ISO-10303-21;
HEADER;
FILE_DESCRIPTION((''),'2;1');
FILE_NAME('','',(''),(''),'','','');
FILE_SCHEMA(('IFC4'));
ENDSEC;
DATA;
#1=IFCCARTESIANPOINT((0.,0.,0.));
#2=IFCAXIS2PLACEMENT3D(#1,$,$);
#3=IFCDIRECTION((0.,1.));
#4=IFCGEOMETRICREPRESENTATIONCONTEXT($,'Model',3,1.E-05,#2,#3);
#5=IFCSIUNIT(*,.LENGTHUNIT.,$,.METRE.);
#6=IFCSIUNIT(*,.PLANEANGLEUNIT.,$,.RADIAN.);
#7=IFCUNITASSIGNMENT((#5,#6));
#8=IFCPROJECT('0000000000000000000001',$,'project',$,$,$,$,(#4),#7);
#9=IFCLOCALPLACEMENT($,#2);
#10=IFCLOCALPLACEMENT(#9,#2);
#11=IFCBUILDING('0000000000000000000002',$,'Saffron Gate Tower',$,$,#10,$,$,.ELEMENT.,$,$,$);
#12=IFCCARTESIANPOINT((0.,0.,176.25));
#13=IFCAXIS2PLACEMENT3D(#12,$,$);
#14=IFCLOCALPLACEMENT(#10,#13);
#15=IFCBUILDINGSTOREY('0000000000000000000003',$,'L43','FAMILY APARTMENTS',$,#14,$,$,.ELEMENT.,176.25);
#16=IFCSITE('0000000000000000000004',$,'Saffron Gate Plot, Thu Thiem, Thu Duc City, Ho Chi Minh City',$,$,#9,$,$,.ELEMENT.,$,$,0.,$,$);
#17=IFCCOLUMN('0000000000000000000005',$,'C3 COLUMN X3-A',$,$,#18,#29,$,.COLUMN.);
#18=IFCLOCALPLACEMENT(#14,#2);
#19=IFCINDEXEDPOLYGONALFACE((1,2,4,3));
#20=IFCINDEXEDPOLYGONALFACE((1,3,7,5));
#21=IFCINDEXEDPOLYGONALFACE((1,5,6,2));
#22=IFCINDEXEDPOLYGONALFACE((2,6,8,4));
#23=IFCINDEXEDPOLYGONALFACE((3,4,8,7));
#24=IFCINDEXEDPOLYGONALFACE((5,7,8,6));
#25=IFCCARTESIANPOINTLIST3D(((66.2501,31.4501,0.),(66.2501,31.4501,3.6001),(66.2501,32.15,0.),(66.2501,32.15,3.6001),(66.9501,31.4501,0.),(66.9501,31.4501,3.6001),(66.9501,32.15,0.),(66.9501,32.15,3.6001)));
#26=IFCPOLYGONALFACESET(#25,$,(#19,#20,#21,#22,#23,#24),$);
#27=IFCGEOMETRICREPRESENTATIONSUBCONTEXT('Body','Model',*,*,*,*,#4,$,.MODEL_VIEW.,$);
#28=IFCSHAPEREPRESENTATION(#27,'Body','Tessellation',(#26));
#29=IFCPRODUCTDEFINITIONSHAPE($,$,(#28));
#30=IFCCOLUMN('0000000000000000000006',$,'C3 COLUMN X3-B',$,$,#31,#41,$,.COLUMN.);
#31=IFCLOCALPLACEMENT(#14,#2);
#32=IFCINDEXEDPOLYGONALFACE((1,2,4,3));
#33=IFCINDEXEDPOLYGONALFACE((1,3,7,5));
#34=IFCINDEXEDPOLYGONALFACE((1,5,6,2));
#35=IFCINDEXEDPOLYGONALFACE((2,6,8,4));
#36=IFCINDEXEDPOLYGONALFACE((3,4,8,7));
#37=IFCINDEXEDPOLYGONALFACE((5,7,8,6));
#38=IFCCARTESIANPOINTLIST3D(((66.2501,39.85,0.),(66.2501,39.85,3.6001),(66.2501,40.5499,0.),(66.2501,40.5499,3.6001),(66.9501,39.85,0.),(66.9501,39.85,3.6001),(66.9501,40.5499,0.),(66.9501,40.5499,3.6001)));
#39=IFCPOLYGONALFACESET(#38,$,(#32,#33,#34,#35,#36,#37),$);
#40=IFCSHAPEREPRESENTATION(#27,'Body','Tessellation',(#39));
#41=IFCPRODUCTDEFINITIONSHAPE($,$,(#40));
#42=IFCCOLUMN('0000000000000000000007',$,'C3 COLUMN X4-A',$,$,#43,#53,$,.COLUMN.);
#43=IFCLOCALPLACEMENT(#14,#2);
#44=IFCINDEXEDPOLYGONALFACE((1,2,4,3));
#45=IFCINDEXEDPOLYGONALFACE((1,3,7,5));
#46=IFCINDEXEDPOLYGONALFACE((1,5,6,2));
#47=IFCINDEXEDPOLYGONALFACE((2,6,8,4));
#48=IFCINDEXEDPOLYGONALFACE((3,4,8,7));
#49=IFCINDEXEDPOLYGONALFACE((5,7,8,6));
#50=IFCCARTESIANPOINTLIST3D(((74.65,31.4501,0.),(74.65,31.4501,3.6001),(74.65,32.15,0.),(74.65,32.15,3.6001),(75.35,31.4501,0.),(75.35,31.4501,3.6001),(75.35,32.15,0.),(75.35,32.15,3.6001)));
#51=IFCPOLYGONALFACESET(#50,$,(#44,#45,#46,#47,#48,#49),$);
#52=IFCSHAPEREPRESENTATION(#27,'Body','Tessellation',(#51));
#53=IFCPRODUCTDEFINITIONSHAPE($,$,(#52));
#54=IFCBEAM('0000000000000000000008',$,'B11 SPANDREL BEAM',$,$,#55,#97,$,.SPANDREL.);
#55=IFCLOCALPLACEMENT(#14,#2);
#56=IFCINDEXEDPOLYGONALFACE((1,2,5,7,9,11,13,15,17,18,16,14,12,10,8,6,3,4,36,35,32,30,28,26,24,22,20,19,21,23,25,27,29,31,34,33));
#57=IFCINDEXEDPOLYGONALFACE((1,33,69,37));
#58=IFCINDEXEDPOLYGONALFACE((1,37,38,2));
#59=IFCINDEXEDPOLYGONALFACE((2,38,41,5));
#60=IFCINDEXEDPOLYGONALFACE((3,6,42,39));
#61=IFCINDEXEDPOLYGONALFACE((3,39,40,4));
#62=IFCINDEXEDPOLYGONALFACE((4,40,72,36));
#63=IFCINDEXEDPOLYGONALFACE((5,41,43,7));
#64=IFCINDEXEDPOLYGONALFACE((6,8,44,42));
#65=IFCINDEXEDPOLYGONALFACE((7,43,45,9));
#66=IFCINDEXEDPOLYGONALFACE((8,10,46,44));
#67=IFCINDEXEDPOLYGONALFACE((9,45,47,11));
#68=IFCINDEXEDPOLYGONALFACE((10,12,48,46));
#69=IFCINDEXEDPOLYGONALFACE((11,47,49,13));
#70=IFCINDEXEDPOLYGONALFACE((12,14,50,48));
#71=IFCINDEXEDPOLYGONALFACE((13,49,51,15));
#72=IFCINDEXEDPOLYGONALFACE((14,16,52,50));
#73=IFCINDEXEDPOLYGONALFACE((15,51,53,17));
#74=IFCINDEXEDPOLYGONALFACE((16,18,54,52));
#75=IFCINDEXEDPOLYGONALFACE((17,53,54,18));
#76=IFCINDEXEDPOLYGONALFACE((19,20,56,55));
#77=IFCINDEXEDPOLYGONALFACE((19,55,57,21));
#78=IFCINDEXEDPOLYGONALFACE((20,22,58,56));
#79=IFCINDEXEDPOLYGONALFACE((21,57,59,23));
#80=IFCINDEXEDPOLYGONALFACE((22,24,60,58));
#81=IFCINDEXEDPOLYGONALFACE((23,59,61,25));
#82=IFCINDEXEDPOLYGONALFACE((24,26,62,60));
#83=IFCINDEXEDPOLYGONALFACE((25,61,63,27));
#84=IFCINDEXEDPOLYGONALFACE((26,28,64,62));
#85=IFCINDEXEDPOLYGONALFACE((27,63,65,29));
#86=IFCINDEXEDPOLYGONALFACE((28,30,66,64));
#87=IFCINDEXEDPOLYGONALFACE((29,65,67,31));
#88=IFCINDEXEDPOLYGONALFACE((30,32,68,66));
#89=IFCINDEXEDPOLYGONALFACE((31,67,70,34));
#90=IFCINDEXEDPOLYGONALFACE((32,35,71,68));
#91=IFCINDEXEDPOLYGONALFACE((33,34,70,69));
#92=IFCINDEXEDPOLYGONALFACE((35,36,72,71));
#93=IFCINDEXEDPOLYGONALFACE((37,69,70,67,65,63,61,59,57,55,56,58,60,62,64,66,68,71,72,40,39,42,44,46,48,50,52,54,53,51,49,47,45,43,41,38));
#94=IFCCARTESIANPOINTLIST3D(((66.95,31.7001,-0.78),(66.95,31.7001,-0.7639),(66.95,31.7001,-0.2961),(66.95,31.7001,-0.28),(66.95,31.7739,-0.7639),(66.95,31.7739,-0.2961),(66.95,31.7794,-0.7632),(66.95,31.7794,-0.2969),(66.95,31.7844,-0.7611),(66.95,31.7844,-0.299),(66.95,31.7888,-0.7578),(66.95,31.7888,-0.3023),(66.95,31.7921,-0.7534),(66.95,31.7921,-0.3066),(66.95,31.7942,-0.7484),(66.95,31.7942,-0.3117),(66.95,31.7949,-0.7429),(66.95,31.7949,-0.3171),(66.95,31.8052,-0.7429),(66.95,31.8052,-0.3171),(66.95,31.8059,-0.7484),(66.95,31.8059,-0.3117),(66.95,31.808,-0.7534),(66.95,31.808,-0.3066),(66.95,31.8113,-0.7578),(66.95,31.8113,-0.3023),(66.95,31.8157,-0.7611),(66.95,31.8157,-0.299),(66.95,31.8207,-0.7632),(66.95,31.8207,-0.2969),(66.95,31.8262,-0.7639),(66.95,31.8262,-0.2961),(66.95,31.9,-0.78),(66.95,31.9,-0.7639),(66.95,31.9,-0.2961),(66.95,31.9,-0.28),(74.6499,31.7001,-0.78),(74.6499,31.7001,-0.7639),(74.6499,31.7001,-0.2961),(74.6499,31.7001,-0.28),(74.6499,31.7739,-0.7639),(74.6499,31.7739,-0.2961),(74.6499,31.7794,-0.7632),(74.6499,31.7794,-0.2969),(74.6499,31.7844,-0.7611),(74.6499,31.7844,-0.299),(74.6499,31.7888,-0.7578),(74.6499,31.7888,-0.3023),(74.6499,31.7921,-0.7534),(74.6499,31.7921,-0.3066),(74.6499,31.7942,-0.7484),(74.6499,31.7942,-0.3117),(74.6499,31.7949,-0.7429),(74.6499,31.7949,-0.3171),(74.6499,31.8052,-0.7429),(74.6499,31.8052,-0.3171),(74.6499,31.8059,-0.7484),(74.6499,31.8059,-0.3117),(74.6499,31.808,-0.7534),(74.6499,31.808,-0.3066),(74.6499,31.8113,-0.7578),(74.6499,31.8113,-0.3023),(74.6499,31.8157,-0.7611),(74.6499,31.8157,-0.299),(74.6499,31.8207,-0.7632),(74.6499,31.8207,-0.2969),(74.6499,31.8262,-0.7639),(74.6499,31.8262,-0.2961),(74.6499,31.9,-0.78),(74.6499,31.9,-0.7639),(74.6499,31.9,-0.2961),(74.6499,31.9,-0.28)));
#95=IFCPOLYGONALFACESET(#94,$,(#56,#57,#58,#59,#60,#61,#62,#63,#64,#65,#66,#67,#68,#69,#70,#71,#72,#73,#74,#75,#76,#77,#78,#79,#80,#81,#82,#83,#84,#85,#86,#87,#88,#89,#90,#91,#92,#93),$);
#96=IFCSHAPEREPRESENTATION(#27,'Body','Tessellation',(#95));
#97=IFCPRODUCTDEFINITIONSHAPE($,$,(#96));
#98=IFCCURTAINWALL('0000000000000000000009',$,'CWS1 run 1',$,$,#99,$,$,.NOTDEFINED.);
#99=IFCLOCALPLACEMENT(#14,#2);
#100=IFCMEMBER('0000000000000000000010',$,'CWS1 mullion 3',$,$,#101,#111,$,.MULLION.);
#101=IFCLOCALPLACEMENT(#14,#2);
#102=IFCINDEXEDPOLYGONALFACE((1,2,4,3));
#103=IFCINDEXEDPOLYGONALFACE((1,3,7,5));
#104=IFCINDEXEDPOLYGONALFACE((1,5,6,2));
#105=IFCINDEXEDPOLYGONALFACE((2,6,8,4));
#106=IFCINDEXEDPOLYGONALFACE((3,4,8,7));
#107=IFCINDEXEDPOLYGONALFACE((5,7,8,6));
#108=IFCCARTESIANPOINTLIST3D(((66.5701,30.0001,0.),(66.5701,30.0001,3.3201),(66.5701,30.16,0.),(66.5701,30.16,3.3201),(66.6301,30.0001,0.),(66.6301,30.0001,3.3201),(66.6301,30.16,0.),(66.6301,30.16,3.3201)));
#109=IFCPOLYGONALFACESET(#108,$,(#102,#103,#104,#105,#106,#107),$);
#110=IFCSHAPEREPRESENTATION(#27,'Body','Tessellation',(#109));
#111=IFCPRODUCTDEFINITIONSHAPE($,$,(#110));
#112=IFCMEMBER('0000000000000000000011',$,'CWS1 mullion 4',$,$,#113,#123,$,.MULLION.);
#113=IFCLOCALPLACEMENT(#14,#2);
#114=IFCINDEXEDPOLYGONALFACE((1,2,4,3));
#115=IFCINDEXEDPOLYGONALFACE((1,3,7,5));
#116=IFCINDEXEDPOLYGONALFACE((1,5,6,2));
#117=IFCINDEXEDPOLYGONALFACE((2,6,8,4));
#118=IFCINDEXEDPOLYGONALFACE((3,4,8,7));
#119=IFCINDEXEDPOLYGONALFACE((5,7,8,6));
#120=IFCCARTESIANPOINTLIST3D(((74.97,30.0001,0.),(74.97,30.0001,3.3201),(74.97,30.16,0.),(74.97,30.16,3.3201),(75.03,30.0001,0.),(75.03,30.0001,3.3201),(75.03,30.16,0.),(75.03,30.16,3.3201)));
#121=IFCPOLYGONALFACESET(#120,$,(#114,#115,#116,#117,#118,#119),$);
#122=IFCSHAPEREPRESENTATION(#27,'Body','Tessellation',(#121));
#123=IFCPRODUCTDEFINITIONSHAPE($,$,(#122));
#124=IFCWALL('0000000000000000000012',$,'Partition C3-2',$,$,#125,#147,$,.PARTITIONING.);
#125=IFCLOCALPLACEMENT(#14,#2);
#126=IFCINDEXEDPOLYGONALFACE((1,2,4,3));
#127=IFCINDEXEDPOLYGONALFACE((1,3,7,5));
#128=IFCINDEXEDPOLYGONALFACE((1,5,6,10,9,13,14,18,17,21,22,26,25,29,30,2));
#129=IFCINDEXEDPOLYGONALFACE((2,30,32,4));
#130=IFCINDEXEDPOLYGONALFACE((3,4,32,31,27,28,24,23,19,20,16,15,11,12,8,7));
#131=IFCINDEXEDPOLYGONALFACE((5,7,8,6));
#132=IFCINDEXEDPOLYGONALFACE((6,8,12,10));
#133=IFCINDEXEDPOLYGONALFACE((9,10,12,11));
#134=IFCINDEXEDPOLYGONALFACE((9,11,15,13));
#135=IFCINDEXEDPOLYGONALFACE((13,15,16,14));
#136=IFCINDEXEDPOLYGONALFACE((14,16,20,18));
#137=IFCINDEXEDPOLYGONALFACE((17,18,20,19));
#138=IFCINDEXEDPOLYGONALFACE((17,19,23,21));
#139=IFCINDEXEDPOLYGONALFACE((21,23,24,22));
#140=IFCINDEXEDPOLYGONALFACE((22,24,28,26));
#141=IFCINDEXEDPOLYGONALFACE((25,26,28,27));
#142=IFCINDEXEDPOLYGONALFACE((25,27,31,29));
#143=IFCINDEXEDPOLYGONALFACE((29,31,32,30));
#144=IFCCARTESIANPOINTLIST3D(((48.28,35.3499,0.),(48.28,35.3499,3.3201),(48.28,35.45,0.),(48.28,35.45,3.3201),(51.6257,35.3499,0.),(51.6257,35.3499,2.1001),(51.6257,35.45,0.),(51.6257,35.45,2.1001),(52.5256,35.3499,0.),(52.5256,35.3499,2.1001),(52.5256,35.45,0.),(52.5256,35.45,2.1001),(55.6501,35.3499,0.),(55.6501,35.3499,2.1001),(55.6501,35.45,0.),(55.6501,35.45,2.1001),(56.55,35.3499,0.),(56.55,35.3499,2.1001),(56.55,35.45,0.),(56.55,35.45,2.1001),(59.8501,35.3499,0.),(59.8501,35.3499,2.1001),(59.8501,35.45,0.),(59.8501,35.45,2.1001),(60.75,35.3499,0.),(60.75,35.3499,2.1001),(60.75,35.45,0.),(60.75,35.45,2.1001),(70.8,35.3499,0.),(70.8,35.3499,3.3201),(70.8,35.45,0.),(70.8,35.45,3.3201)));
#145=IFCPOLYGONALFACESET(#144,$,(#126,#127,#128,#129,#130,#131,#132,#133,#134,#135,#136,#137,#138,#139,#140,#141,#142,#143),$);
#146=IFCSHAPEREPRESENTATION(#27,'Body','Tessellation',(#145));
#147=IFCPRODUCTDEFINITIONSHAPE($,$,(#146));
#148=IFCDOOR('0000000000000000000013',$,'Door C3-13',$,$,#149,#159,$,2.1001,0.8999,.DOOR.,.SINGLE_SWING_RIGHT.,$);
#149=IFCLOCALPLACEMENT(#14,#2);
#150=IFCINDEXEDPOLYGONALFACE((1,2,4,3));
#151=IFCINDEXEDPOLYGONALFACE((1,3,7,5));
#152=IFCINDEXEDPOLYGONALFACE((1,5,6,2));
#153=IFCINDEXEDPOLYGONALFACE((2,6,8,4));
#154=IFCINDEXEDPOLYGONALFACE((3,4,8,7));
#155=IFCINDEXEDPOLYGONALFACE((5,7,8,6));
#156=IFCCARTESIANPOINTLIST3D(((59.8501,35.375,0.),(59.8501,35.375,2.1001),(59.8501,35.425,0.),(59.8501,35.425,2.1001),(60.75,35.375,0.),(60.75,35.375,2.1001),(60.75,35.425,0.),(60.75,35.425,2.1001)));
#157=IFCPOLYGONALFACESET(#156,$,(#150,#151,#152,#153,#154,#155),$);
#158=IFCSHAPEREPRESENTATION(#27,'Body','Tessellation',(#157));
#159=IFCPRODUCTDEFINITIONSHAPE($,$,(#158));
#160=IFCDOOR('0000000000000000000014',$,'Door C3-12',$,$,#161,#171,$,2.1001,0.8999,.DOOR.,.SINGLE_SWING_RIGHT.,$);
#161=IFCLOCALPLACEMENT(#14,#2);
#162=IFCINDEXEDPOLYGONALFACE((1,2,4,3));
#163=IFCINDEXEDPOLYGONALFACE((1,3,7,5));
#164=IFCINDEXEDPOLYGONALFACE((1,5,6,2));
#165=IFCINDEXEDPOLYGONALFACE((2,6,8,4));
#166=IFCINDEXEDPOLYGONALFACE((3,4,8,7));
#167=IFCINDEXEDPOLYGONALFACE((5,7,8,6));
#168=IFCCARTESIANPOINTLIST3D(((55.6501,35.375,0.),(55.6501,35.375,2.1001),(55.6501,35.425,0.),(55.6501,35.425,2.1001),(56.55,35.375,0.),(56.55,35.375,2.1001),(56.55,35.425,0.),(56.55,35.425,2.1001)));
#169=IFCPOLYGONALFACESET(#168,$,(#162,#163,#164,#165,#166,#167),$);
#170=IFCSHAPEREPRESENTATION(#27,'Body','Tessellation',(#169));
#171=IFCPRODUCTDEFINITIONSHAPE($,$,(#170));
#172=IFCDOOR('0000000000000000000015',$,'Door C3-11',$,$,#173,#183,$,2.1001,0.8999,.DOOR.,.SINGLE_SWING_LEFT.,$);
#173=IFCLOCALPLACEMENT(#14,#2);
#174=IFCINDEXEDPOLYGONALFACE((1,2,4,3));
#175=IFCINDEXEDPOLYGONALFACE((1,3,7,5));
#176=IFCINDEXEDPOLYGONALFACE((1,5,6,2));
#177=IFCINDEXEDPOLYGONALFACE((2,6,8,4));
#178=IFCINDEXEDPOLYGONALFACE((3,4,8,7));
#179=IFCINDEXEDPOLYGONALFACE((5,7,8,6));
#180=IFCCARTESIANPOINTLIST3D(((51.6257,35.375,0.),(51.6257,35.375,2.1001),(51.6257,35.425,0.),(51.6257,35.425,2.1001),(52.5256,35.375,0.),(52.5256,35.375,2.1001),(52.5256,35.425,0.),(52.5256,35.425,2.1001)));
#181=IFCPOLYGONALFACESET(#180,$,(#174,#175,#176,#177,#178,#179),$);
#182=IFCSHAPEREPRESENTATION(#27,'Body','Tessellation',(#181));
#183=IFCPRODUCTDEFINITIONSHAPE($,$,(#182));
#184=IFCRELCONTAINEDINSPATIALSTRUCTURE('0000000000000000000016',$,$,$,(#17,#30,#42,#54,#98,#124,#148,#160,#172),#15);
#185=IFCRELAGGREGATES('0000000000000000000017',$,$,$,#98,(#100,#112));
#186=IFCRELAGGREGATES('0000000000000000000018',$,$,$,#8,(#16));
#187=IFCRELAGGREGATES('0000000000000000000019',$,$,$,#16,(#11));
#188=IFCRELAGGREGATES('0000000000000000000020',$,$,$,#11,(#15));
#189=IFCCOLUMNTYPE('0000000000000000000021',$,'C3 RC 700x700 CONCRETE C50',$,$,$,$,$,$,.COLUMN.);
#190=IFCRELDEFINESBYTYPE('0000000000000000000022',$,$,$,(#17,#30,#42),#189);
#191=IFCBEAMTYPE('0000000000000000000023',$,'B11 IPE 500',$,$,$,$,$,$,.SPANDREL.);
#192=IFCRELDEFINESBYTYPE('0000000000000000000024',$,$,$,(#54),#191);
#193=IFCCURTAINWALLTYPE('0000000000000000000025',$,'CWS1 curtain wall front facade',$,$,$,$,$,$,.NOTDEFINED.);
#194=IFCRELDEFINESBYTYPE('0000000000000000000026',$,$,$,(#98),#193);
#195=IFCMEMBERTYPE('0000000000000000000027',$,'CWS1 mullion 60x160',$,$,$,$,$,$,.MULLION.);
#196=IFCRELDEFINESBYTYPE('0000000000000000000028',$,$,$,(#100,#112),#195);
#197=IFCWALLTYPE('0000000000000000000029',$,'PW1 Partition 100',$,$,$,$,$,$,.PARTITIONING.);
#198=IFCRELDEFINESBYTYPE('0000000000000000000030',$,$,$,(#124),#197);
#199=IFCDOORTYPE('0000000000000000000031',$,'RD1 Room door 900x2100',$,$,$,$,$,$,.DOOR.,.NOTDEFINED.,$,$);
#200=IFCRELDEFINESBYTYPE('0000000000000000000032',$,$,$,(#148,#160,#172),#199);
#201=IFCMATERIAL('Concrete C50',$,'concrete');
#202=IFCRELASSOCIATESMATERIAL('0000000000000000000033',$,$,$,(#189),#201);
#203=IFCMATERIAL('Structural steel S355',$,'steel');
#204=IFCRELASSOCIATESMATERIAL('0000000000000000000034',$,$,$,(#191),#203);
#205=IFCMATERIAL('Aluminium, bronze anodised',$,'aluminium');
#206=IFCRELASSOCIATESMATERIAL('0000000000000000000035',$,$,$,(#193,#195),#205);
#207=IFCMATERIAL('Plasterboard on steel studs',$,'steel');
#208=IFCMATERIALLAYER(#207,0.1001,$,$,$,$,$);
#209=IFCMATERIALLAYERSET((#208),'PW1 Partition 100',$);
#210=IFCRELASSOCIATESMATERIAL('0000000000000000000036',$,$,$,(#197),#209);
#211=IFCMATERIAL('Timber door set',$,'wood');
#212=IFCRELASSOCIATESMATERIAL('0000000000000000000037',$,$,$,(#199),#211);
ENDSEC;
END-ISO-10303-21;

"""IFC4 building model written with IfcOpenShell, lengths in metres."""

from ifc_helpers import new_model, si_unit, direction, frame, frame_2d, origin, origin_2d, place, context, subcontext, project, spatial, rectangle, i_section, extrude, material, layer, layer_set, material_profile, profile_set, type_object, element, fill, aggregate, save


model = new_model("IFC4")

# Units and contexts
model_context = context("Model", 3, precision=1e-05, world=origin(), true_north=direction((0.0, 1.0)))
body_context = subcontext(model_context, "Body", "Model", "MODEL_VIEW")
ifc_project = project(units=[si_unit("LENGTHUNIT", "METRE"), si_unit("PLANEANGLEUNIT", "RADIAN")], contexts=[model_context])

# Site, building, storey
site_placement = place(None, origin())
site = spatial("IfcSite", under=ifc_project, at=site_placement, Name="Saffron Gate Plot, Thu Thiem, Thu Duc City, Ho Chi Minh City", CompositionType="ELEMENT", RefElevation=0.0)
building_placement = place(site_placement, origin())
building = spatial("IfcBuilding", under=site, at=building_placement, Name="Saffron Gate Tower", CompositionType="ELEMENT")
storey_placement = place(building_placement, frame((0.0, 0.0, 176.25)))
storey = spatial("IfcBuildingStorey", under=building, at=storey_placement, Name="L43", Description="FAMILY APARTMENTS", CompositionType="ELEMENT", Elevation=176.25)

# Columns
ifc_material_1 = material(Name="Concrete C50", Category="concrete")
ifc_material_profile_1 = material_profile(ifc_material_1, rectangle(XDim=0.7, YDim=0.7, at=origin_2d()))
ifc_profile_set_1 = profile_set([ifc_material_profile_1], Name="Concrete C50")
column_type = type_object("IfcColumnType", Name="C3 RC 700x700 CONCRETE C50", PredefinedType="COLUMN", material=ifc_profile_set_1)
for number, where, z_axis, x_axis, name in (
    (1, (66.6001, 31.8, 0.0), (0.0, 0.0, 1.0), (1.0, 0.0, 0.0), "C3 COLUMN X3-A"),
    (2, (66.6001, 40.2, 0.0), (0.0, 0.0, 1.0), (1.0, 0.0, 0.0), "C3 COLUMN X3-B"),
    (3, (75.0, 31.8, 0.0), (0.0, 0.0, 1.0), (1.0, 0.0, 0.0), "C3 COLUMN X4-A"),
):
    element("IfcColumn", number, at=place(storey_placement, frame(where, z_axis=z_axis, x_axis=x_axis)), inside=storey, type_object=column_type, Name=name, PredefinedType="COLUMN", context=body_context, shape_type="SweptSolid", body=[
        extrude(rectangle(XDim=0.7, YDim=0.7, at=origin_2d()), origin(), (0.0, 0.0, 1.0), 3.6001),
    ])

# Beam
ifc_material_2 = material(Name="Structural steel S355", Category="steel")
ifc_material_profile_2 = material_profile(ifc_material_2, i_section(OverallWidth=0.2, OverallDepth=0.5, WebThickness=0.0103, FlangeThickness=0.0161, FilletRadius=0.021, at=origin_2d()))
ifc_profile_set_2 = profile_set([ifc_material_profile_2], Name="Structural steel S355")
beam_type = type_object("IfcBeamType", Name="B11 IPE 500", PredefinedType="SPANDREL", material=ifc_profile_set_2)
beam_placement = place(storey_placement, frame((66.95, 31.8, -0.53), z_axis=(1.0, 0.0, 0.0), x_axis=(0.0, 1.0, 0.0)))
element("IfcBeam", 4, at=beam_placement, inside=storey, type_object=beam_type, Name="B11 SPANDREL BEAM", PredefinedType="SPANDREL", context=body_context, shape_type="SweptSolid", body=[
    extrude(i_section(OverallWidth=0.2, OverallDepth=0.5, WebThickness=0.0103, FlangeThickness=0.0161, FilletRadius=0.021, at=origin_2d()), origin(), (0.0, 0.0, 1.0), 7.7),
])

# Curtain wall, members
ifc_material_3 = material(Name="Aluminium, bronze anodised", Category="aluminium")
curtain_wall_type = type_object("IfcCurtainWallType", Name="CWS1 curtain wall front facade", PredefinedType="NOTDEFINED", material=ifc_material_3)
curtain_wall_placement = place(storey_placement, origin())
curtain_wall = element("IfcCurtainWall", 5, at=curtain_wall_placement, inside=storey, type_object=curtain_wall_type, Name="CWS1 run 1", PredefinedType="NOTDEFINED")
ifc_material_profile_3 = material_profile(ifc_material_3, rectangle(XDim=0.1599, YDim=0.0601, at=origin_2d()))
ifc_profile_set_3 = profile_set([ifc_material_profile_3], Name="Aluminium, bronze anodised")
member_type = type_object("IfcMemberType", Name="CWS1 mullion 60x160", PredefinedType="MULLION", material=ifc_profile_set_3)
member_1_placement = place(storey_placement, frame((66.6001, 30.0801, 0.0), z_axis=(0.0, 0.0, 1.0), x_axis=(0.0, 1.0, 0.0)))
member_1 = element("IfcMember", 6, at=member_1_placement, type_object=member_type, Name="CWS1 mullion 3", PredefinedType="MULLION", context=body_context, shape_type="SweptSolid", body=[
    extrude(rectangle(XDim=0.1599, YDim=0.0601, at=origin_2d()), origin(), (0.0, 0.0, 1.0), 3.3201),
])
member_2_placement = place(storey_placement, frame((75.0, 30.0801, 0.0), z_axis=(0.0, 0.0, 1.0), x_axis=(0.0, 1.0, 0.0)))
member_2 = element("IfcMember", 7, at=member_2_placement, type_object=member_type, Name="CWS1 mullion 4", PredefinedType="MULLION", context=body_context, shape_type="SweptSolid", body=[
    extrude(rectangle(XDim=0.1599, YDim=0.0601, at=origin_2d()), origin(), (0.0, 0.0, 1.0), 3.3201),
])
aggregate(curtain_wall, [member_1, member_2])

# Wall, openings, doors
ifc_material_4 = material(Name="Plasterboard on steel studs", Category="steel")
ifc_layer_1 = layer(ifc_material_4, 0.1001)
ifc_layer_set_1 = layer_set([ifc_layer_1], Name="PW1 Partition 100")
wall_type_1 = type_object("IfcWallType", Name="PW1 Partition 100", PredefinedType="PARTITIONING", material=ifc_layer_set_1)
wall_1_placement = place(storey_placement, frame((70.8, 35.3999, 0.0), z_axis=(0.0, 0.0, 1.0), x_axis=(-1.0, 0.0, 0.0)))
wall_1 = element("IfcWall", 8, at=wall_1_placement, inside=storey, type_object=wall_type_1, Name="Partition C3-2", PredefinedType="PARTITIONING", context=body_context, shape_type="SweptSolid", body=[
    extrude(rectangle(XDim=22.52, YDim=0.1001, at=frame_2d((11.26, 0.0))), origin(), (0.0, 0.0, 1.0), 3.3201),
])
opening_1_placement = place(wall_1_placement, frame((10.05, 0.0, 0.0)))
opening_1 = element("IfcOpeningElement", 9, at=opening_1_placement, cuts=wall_1, PredefinedType="OPENING", context=body_context, shape_type="SweptSolid", body=[
    extrude(rectangle(XDim=0.8999, YDim=2.1001, at=frame_2d((0.45, 1.05))), frame((0.0, 0.0601, 0.0), z_axis=(0.0, -1.0, 0.0), x_axis=(1.0, 0.0, 0.0)), (0.0, 0.0, 1.0), 0.1201),
])
opening_2_placement = place(wall_1_placement, frame((14.25, 0.0, 0.0)))
opening_2 = element("IfcOpeningElement", 10, at=opening_2_placement, cuts=wall_1, PredefinedType="OPENING", context=body_context, shape_type="SweptSolid", body=[
    extrude(rectangle(XDim=0.8999, YDim=2.1001, at=frame_2d((0.45, 1.05))), frame((0.0, 0.0601, 0.0), z_axis=(0.0, -1.0, 0.0), x_axis=(1.0, 0.0, 0.0)), (0.0, 0.0, 1.0), 0.1201),
])
opening_3_placement = place(wall_1_placement, frame((18.2744, 0.0, 0.0)))
opening_3 = element("IfcOpeningElement", 11, at=opening_3_placement, cuts=wall_1, PredefinedType="OPENING", context=body_context, shape_type="SweptSolid", body=[
    extrude(rectangle(XDim=0.8999, YDim=2.1001, at=frame_2d((0.45, 1.05))), frame((0.0, 0.0601, 0.0), z_axis=(0.0, -1.0, 0.0), x_axis=(1.0, 0.0, 0.0)), (0.0, 0.0, 1.0), 0.1201),
])
ifc_material_5 = material(Name="Timber door set", Category="wood")
door_type_1 = type_object("IfcDoorType", Name="RD1 Room door 900x2100", OperationType="NOTDEFINED", PredefinedType="DOOR", material=ifc_material_5)
door_1_placement = place(opening_1_placement, origin())
door_1 = element("IfcDoor", 12, at=door_1_placement, inside=storey, type_object=door_type_1, Name="Door C3-13", OperationType="SINGLE_SWING_RIGHT", OverallHeight=2.1001, OverallWidth=0.8999, PredefinedType="DOOR", context=body_context, shape_type="SweptSolid", body=[
    extrude(rectangle(XDim=0.8999, YDim=2.1001, at=frame_2d((0.45, 1.05))), frame((0.0, 0.0249, 0.0), z_axis=(0.0, -1.0, 0.0), x_axis=(1.0, 0.0, 0.0)), (0.0, 0.0, 1.0), 0.05),
])
fill(opening_1, door_1)
door_2_placement = place(opening_2_placement, origin())
door_2 = element("IfcDoor", 13, at=door_2_placement, inside=storey, type_object=door_type_1, Name="Door C3-12", OperationType="SINGLE_SWING_RIGHT", OverallHeight=2.1001, OverallWidth=0.8999, PredefinedType="DOOR", context=body_context, shape_type="SweptSolid", body=[
    extrude(rectangle(XDim=0.8999, YDim=2.1001, at=frame_2d((0.45, 1.05))), frame((0.0, 0.0249, 0.0), z_axis=(0.0, -1.0, 0.0), x_axis=(1.0, 0.0, 0.0)), (0.0, 0.0, 1.0), 0.05),
])
fill(opening_2, door_2)
door_3_placement = place(opening_3_placement, origin())
door_3 = element("IfcDoor", 14, at=door_3_placement, inside=storey, type_object=door_type_1, Name="Door C3-11", OperationType="SINGLE_SWING_LEFT", OverallHeight=2.1001, OverallWidth=0.8999, PredefinedType="DOOR", context=body_context, shape_type="SweptSolid", body=[
    extrude(rectangle(XDim=0.8999, YDim=2.1001, at=frame_2d((0.45, 1.05))), frame((0.0, 0.0249, 0.0), z_axis=(0.0, -1.0, 0.0), x_axis=(1.0, 0.0, 0.0)), (0.0, 0.0, 1.0), 0.05),
])
fill(opening_3, door_3)

save(model, "model.ifc")
